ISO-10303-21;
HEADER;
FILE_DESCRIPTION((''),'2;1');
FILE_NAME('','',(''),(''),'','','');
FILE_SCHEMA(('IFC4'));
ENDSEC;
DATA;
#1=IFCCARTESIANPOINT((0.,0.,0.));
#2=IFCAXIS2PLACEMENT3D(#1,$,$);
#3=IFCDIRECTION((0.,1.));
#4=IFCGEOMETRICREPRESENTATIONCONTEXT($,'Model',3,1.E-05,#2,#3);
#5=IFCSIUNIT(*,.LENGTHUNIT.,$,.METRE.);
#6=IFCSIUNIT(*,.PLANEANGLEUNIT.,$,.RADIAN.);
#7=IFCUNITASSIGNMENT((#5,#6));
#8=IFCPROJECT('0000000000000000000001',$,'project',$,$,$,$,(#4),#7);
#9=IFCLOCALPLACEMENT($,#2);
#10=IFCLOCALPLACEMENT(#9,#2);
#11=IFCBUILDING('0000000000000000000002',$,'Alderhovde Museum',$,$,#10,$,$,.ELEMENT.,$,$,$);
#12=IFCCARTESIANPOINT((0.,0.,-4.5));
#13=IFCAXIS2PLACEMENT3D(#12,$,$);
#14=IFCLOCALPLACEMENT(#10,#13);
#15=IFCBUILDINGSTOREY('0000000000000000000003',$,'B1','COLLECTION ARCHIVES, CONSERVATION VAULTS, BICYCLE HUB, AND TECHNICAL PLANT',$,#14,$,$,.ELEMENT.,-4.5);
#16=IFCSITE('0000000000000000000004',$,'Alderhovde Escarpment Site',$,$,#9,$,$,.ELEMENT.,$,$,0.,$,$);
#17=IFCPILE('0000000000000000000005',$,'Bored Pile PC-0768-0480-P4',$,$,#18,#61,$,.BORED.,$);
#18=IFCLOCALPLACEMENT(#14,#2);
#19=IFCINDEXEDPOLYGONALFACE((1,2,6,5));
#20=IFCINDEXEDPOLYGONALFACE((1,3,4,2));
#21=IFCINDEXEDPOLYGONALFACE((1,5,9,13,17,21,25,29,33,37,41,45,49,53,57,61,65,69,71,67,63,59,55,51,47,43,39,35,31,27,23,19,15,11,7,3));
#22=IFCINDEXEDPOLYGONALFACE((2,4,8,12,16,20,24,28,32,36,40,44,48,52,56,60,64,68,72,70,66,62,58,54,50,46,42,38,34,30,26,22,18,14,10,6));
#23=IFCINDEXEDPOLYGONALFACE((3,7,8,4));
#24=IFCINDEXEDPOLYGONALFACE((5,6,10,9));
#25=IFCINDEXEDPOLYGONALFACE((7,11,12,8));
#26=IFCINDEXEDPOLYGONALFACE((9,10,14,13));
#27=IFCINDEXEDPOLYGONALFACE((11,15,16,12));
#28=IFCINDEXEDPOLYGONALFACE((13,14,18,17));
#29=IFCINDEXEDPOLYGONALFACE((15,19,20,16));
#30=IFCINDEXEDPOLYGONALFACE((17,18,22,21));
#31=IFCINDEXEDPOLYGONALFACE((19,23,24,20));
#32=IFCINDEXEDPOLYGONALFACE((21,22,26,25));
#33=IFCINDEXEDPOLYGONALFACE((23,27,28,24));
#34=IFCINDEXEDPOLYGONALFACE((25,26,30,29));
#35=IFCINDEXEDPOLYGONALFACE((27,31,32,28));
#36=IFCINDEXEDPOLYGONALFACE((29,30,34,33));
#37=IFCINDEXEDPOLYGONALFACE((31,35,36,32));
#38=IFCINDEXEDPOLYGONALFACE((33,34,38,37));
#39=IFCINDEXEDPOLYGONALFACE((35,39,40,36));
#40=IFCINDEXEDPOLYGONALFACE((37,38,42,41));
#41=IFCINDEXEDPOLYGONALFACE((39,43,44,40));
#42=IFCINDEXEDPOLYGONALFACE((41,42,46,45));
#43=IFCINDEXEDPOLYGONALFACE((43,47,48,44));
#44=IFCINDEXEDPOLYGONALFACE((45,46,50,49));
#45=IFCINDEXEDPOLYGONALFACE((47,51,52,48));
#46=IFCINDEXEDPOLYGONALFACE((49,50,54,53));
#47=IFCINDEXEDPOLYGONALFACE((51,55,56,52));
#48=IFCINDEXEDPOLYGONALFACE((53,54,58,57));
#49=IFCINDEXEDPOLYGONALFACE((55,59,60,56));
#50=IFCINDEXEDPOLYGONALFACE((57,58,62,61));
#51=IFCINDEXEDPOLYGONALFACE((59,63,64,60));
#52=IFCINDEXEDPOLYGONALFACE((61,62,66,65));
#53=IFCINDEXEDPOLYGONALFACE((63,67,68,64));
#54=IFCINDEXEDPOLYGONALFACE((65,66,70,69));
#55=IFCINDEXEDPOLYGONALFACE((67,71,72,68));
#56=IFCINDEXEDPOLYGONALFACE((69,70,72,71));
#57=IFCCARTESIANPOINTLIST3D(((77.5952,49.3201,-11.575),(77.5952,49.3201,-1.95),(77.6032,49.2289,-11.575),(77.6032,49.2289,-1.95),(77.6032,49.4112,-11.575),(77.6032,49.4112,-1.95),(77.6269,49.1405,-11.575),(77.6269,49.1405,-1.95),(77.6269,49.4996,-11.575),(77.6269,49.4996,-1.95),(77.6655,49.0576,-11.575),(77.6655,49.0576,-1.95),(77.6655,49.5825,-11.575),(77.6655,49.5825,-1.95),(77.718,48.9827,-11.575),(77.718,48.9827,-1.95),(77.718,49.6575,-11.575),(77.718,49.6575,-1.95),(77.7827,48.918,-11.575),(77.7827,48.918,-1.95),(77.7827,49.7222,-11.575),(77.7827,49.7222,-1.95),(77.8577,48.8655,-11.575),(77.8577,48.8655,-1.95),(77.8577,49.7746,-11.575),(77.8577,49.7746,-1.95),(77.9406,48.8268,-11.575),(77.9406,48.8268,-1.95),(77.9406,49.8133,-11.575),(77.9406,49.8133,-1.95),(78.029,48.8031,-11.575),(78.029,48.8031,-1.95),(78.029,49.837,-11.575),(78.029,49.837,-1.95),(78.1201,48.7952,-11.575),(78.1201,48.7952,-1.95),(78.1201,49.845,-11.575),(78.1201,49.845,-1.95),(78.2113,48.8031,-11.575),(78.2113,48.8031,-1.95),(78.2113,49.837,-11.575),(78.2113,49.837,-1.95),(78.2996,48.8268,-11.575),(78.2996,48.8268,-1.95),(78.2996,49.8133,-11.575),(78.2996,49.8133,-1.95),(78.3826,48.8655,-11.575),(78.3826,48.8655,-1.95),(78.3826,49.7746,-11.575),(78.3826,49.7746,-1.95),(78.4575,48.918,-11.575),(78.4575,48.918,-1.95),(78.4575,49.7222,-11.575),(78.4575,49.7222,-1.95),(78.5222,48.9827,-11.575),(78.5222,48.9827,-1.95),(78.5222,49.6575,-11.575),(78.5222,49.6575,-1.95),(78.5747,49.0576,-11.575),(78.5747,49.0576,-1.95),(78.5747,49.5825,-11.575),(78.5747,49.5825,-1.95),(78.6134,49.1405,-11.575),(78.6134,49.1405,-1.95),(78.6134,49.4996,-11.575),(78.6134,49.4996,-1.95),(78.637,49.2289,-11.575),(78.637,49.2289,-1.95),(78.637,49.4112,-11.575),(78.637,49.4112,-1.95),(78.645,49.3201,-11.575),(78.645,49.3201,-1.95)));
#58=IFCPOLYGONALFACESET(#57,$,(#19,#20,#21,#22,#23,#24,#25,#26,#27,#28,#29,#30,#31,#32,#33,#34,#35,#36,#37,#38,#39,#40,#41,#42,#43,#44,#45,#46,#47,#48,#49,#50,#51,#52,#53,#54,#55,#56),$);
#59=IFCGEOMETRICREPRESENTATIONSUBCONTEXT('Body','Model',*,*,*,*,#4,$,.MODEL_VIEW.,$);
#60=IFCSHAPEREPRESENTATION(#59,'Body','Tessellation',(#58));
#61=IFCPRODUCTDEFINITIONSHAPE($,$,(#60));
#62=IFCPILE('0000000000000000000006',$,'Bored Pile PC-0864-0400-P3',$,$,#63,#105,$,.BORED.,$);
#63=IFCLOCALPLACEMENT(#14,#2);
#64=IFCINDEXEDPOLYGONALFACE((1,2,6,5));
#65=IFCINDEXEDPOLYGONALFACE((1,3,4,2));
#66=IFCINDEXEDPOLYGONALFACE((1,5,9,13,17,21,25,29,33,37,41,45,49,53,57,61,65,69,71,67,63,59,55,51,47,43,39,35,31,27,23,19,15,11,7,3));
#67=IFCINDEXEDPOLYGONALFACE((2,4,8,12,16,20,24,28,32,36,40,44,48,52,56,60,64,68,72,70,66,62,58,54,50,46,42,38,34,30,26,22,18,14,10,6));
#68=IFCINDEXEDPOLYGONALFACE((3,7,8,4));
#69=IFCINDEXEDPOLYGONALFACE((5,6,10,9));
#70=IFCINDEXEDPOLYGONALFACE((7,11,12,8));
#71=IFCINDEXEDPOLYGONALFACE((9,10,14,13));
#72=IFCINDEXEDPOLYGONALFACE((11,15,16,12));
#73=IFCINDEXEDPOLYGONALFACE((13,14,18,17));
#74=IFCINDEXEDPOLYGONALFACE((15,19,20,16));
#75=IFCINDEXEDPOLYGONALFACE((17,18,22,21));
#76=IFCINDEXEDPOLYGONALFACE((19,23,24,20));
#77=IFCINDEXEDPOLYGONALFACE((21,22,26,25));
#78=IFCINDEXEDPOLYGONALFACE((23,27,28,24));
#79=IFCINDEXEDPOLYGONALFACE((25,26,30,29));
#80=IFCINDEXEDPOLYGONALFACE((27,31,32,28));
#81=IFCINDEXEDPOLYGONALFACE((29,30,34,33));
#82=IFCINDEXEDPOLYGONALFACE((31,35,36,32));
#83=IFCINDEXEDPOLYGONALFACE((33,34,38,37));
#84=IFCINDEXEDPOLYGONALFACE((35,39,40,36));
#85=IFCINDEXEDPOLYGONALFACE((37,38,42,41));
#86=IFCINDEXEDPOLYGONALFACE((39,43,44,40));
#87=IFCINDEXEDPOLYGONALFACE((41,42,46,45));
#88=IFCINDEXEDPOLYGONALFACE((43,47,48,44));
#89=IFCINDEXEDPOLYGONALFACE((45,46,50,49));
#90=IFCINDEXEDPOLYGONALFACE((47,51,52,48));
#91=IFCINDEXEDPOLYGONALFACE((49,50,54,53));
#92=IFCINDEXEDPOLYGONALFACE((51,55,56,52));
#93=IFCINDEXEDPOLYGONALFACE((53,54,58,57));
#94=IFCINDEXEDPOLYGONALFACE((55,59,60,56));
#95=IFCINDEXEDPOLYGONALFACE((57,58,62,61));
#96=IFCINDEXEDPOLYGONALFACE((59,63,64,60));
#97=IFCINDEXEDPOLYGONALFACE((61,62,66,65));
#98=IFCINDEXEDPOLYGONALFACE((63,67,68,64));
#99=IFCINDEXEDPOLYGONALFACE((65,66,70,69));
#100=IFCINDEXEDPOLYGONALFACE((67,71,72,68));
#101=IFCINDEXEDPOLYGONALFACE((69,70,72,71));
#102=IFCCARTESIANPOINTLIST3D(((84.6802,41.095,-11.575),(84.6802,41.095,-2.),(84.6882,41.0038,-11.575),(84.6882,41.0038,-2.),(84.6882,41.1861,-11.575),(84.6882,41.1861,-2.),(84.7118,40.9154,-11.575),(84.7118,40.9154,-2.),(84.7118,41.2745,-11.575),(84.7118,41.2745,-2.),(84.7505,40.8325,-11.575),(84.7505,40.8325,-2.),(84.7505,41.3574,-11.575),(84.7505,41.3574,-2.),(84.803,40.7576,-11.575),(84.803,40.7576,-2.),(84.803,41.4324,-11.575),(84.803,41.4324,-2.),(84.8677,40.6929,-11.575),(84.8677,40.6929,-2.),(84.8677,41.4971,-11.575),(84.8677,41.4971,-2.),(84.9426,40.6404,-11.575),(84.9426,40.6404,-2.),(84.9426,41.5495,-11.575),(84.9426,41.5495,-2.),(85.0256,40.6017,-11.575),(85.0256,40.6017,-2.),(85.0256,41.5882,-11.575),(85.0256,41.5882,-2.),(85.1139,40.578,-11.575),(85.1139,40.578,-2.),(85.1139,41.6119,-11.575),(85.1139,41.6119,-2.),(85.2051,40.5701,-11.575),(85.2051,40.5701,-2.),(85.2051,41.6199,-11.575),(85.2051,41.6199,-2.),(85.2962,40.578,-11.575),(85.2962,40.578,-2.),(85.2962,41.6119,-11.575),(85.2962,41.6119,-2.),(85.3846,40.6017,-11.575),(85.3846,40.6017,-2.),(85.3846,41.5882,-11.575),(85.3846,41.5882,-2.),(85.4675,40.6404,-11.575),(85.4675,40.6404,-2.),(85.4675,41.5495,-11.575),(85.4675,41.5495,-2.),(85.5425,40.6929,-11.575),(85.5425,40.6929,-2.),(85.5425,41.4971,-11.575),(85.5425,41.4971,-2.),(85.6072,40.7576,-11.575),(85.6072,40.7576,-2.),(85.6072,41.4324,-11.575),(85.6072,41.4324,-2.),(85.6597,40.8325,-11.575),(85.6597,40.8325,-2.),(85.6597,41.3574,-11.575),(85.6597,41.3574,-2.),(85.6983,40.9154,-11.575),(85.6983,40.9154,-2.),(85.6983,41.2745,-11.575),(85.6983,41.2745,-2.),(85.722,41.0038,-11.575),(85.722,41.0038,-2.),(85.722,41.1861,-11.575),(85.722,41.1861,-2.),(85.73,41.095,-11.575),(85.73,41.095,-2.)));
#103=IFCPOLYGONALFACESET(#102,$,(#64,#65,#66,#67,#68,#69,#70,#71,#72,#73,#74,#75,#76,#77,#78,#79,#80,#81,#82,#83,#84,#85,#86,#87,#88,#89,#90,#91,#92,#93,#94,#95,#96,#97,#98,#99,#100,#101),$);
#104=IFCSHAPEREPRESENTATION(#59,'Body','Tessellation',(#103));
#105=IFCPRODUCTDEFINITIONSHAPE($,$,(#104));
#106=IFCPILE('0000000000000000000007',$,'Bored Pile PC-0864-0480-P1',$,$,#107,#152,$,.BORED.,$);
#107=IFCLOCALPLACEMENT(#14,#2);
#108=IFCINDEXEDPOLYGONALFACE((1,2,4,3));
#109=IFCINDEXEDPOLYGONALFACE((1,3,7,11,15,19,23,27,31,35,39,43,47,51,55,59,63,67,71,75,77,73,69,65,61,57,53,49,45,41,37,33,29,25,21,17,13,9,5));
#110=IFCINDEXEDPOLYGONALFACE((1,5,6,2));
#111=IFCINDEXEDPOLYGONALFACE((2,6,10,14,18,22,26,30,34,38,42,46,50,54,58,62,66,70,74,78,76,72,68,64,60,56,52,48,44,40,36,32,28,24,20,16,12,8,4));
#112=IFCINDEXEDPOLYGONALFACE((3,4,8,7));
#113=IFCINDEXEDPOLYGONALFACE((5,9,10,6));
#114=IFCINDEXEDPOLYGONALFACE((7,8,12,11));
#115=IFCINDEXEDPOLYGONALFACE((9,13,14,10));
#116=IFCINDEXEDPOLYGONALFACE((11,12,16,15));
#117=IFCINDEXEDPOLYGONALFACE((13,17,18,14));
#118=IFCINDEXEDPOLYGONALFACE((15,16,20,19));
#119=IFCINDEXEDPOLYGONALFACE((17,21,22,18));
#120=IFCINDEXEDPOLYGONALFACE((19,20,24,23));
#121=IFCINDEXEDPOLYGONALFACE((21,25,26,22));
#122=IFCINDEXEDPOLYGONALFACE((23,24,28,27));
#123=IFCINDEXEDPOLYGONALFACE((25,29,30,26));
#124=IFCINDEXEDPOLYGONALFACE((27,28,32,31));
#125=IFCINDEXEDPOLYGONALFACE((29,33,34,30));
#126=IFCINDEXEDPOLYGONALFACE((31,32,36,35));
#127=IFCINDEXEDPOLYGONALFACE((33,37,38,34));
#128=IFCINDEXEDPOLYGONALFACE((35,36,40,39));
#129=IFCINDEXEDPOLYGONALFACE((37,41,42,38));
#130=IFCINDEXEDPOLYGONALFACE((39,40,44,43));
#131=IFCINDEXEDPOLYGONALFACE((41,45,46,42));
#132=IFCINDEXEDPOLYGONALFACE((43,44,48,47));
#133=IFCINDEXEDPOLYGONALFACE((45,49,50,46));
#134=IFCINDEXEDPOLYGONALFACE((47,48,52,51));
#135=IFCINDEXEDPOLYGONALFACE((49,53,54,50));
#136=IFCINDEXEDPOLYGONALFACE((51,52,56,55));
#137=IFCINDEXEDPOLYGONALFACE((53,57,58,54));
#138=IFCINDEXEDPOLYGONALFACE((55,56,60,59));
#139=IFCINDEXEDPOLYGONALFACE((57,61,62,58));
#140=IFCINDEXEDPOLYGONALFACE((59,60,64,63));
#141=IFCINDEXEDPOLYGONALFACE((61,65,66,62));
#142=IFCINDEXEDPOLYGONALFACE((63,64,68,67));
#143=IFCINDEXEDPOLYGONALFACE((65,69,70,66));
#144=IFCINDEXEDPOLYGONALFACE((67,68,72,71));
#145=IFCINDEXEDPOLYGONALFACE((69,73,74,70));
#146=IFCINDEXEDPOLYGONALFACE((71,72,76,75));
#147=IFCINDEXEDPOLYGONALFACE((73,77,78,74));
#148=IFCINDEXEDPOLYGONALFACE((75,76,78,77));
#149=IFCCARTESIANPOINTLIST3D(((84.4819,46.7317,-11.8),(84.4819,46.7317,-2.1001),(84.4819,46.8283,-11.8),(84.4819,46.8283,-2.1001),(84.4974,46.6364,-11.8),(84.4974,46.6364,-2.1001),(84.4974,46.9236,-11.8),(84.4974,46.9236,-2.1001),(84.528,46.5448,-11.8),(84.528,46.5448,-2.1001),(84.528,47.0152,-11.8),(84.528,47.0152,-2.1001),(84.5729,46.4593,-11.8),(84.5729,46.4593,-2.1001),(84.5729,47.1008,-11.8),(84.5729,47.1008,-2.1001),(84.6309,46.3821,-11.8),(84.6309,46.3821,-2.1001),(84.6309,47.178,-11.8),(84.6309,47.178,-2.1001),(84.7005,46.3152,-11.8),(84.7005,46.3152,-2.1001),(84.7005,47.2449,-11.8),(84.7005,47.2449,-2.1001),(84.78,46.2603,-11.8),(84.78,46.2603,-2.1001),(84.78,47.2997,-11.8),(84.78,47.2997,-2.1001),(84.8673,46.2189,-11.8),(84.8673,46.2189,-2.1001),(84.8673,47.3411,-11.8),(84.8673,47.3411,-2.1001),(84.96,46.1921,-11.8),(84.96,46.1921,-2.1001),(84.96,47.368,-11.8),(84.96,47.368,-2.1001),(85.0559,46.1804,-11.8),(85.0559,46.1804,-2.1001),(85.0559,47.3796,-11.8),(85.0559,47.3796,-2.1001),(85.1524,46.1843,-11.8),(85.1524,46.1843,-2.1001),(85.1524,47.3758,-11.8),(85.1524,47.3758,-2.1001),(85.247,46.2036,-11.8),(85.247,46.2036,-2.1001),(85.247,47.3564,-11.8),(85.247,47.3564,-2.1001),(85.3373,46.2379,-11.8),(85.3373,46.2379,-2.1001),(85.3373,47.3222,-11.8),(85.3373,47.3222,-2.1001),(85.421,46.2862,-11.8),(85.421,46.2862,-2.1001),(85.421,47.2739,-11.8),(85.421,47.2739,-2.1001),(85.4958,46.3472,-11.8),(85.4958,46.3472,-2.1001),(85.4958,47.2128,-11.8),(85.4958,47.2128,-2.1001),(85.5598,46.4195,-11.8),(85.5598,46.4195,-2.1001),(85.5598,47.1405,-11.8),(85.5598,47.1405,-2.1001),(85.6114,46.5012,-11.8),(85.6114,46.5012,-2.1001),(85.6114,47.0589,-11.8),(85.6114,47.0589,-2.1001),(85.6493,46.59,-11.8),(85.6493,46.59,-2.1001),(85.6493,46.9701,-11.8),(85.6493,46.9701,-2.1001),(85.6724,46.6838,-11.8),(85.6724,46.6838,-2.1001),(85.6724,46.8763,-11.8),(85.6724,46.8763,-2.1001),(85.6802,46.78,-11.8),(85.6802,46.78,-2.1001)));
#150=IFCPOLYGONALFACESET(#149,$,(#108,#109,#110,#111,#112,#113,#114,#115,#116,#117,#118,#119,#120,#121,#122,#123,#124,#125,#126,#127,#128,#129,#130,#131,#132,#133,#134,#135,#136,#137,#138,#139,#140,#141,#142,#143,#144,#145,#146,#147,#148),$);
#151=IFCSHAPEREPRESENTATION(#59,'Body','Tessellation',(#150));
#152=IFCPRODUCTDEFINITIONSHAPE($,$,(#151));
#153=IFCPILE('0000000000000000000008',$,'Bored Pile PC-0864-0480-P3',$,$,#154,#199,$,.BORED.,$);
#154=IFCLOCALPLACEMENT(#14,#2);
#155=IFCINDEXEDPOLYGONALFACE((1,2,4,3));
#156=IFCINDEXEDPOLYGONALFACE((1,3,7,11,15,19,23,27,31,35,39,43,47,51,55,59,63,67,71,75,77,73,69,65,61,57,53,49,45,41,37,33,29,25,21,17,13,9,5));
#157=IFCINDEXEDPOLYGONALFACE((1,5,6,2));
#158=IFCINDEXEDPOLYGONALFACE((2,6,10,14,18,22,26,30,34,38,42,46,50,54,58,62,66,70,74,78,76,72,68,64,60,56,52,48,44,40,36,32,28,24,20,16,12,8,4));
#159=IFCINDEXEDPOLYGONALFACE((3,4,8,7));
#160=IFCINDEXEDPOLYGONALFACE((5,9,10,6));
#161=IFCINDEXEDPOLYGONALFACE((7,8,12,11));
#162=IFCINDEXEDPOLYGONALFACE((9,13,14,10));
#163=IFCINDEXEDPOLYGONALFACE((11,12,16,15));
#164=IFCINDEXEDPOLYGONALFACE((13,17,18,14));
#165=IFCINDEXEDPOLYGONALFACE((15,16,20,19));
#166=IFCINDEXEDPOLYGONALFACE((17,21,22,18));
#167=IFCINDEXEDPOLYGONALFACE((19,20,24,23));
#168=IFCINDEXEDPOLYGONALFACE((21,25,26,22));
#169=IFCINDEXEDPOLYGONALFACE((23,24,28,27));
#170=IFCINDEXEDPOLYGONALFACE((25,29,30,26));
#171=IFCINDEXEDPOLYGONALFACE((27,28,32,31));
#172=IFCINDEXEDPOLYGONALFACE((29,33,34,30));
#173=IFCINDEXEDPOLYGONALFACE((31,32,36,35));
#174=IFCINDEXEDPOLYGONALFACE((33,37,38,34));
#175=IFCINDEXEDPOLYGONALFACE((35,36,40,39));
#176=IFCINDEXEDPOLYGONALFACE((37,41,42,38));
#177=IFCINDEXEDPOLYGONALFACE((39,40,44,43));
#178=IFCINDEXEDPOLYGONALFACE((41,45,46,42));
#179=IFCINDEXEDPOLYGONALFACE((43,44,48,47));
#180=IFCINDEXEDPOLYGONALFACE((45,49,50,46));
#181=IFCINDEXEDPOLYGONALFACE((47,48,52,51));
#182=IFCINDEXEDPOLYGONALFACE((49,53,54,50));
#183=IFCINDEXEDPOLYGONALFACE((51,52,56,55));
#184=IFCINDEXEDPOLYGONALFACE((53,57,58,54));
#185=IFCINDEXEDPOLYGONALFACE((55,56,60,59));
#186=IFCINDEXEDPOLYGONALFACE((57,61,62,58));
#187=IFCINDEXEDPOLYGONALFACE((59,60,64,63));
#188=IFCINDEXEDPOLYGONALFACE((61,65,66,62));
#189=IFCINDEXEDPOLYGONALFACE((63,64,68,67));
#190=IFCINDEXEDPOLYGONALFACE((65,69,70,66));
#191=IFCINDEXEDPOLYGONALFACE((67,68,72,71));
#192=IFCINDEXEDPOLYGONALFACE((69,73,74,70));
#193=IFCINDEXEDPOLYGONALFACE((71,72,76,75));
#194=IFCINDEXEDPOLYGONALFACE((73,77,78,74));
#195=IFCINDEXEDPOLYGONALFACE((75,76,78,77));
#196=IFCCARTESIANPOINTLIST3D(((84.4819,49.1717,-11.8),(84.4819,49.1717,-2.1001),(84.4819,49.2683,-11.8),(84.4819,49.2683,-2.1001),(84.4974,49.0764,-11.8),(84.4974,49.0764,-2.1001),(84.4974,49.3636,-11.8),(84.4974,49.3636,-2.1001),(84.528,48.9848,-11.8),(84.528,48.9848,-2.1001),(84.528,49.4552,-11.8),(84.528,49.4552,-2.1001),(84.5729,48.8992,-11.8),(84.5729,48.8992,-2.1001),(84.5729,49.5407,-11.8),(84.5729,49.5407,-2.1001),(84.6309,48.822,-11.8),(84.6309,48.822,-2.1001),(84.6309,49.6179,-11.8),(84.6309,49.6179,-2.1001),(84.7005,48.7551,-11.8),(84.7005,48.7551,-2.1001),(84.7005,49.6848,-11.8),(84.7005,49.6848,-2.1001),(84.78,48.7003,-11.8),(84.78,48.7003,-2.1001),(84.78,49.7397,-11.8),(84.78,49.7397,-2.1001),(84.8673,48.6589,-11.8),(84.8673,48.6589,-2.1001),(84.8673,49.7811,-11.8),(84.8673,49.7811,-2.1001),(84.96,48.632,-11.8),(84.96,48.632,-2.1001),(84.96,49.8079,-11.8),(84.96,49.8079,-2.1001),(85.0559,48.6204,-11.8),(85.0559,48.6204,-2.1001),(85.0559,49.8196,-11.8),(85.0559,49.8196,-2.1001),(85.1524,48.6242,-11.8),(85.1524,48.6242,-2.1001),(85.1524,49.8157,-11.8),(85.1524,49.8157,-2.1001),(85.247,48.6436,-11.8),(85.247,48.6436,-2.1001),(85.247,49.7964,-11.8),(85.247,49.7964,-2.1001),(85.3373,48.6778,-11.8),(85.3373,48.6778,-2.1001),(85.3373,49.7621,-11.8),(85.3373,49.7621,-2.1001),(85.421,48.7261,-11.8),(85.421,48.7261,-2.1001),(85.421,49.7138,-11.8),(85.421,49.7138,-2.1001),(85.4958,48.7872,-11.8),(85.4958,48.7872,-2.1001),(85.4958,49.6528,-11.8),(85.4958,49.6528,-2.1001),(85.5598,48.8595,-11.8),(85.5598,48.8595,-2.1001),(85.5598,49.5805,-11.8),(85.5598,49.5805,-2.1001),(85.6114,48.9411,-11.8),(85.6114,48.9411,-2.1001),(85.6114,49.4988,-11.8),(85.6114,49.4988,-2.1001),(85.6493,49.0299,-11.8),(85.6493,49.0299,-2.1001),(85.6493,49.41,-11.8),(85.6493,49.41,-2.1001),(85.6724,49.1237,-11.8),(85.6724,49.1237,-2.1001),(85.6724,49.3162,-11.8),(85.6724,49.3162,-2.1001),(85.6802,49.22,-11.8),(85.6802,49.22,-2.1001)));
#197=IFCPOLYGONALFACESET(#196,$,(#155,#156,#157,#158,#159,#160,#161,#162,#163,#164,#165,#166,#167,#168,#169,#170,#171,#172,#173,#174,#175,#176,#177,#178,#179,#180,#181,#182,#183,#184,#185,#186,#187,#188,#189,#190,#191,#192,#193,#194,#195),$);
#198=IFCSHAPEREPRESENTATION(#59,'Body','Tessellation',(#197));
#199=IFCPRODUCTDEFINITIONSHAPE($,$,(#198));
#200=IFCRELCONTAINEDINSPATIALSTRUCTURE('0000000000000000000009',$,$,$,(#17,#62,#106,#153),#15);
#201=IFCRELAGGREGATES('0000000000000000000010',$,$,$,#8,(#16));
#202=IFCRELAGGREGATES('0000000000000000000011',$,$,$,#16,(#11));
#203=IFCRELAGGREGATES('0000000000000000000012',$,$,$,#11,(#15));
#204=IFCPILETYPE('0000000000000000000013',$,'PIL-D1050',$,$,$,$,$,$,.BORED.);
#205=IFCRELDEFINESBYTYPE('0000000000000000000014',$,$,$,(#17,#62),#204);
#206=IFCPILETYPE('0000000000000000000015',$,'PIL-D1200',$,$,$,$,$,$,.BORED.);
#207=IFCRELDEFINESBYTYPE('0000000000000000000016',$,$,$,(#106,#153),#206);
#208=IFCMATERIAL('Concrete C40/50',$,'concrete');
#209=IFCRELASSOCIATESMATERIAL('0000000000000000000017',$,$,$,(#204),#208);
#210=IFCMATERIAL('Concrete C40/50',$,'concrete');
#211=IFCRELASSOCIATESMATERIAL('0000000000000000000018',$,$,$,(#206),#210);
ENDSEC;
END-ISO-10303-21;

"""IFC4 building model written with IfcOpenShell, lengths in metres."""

from ifc_helpers import new_model, si_unit, direction, frame, origin, origin_2d, place, context, subcontext, project, spatial, circle, extrude, material, material_profile, profile_set, type_object, element, save


model = new_model("IFC4")

# Units and contexts
model_context = context("Model", 3, precision=1e-05, world=origin(), true_north=direction((0.0, 1.0)))
body_context = subcontext(model_context, "Body", "Model", "MODEL_VIEW")
ifc_project = project(units=[si_unit("LENGTHUNIT", "METRE"), si_unit("PLANEANGLEUNIT", "RADIAN")], contexts=[model_context])

# Site, building, storey
site_placement = place(None, origin())
site = spatial("IfcSite", under=ifc_project, at=site_placement, Name="Alderhovde Escarpment Site", CompositionType="ELEMENT", RefElevation=0.0)
building_placement = place(site_placement, origin())
building = spatial("IfcBuilding", under=site, at=building_placement, Name="Alderhovde Museum", CompositionType="ELEMENT")
storey_placement = place(building_placement, frame((0.0, 0.0, -4.5)))
storey = spatial("IfcBuildingStorey", under=building, at=storey_placement, Name="B1", Description="COLLECTION ARCHIVES, CONSERVATION VAULTS, BICYCLE HUB, AND TECHNICAL PLANT", CompositionType="ELEMENT", Elevation=-4.5)

# Piles
ifc_material_1 = material(Name="Concrete C40/50", Category="concrete")
ifc_material_profile_1 = material_profile(ifc_material_1, circle(Radius=0.5249, at=origin_2d()), Name="PILE-D1050")
ifc_profile_set_1 = profile_set([ifc_material_profile_1], Name="Concrete C40/50")
pile_type_1 = type_object("IfcPileType", Name="PIL-D1050", PredefinedType="BORED", material=ifc_profile_set_1)
for number, where, z_axis, x_axis, name in (
    (1, (78.1201, 49.3201, -1.95), (0.0, 0.0, -1.0), (1.0, 0.0, 0.0), "Bored Pile PC-0768-0480-P4"),
):
    element("IfcPile", number, at=place(storey_placement, frame(where, z_axis=z_axis, x_axis=x_axis)), inside=storey, type_object=pile_type_1, Name=name, PredefinedType="BORED", context=body_context, shape_type="SweptSolid", body=[
        extrude(circle(Radius=0.5249, at=origin_2d()), origin(), (0.0, 0.0, 1.0), 9.625),
    ])
pile_1_placement = place(storey_placement, frame((85.2051, 41.095, -2.0), z_axis=(0.0, 0.0, -1.0), x_axis=(1.0, 0.0, 0.0)))
element("IfcPile", 2, at=pile_1_placement, inside=storey, type_object=pile_type_1, Name="Bored Pile PC-0864-0400-P3", PredefinedType="BORED", context=body_context, shape_type="SweptSolid", body=[
    extrude(circle(Radius=0.5249, at=origin_2d()), origin(), (0.0, 0.0, 1.0), 9.575),
])
ifc_material_2 = material(Name="Concrete C40/50", Category="concrete")
ifc_material_profile_2 = material_profile(ifc_material_2, circle(Radius=0.6001, at=origin_2d()), Name="PILE-D1200")
ifc_profile_set_2 = profile_set([ifc_material_profile_2], Name="Concrete C40/50")
pile_type_2 = type_object("IfcPileType", Name="PIL-D1200", PredefinedType="BORED", material=ifc_profile_set_2)
for number, where, z_axis, x_axis, name in (
    (3, (85.0801, 46.78, -2.1001), (0.0, 0.0, -1.0), (1.0, 0.0, 0.0), "Bored Pile PC-0864-0480-P1"),
    (4, (85.0801, 49.22, -2.1001), (0.0, 0.0, -1.0), (1.0, 0.0, 0.0), "Bored Pile PC-0864-0480-P3"),
):
    element("IfcPile", number, at=place(storey_placement, frame(where, z_axis=z_axis, x_axis=x_axis)), inside=storey, type_object=pile_type_2, Name=name, PredefinedType="BORED", context=body_context, shape_type="SweptSolid", body=[
        extrude(circle(Radius=0.6001, at=origin_2d()), origin(), (0.0, 0.0, 1.0), 9.7),
    ])

save(model, "model.ifc")
